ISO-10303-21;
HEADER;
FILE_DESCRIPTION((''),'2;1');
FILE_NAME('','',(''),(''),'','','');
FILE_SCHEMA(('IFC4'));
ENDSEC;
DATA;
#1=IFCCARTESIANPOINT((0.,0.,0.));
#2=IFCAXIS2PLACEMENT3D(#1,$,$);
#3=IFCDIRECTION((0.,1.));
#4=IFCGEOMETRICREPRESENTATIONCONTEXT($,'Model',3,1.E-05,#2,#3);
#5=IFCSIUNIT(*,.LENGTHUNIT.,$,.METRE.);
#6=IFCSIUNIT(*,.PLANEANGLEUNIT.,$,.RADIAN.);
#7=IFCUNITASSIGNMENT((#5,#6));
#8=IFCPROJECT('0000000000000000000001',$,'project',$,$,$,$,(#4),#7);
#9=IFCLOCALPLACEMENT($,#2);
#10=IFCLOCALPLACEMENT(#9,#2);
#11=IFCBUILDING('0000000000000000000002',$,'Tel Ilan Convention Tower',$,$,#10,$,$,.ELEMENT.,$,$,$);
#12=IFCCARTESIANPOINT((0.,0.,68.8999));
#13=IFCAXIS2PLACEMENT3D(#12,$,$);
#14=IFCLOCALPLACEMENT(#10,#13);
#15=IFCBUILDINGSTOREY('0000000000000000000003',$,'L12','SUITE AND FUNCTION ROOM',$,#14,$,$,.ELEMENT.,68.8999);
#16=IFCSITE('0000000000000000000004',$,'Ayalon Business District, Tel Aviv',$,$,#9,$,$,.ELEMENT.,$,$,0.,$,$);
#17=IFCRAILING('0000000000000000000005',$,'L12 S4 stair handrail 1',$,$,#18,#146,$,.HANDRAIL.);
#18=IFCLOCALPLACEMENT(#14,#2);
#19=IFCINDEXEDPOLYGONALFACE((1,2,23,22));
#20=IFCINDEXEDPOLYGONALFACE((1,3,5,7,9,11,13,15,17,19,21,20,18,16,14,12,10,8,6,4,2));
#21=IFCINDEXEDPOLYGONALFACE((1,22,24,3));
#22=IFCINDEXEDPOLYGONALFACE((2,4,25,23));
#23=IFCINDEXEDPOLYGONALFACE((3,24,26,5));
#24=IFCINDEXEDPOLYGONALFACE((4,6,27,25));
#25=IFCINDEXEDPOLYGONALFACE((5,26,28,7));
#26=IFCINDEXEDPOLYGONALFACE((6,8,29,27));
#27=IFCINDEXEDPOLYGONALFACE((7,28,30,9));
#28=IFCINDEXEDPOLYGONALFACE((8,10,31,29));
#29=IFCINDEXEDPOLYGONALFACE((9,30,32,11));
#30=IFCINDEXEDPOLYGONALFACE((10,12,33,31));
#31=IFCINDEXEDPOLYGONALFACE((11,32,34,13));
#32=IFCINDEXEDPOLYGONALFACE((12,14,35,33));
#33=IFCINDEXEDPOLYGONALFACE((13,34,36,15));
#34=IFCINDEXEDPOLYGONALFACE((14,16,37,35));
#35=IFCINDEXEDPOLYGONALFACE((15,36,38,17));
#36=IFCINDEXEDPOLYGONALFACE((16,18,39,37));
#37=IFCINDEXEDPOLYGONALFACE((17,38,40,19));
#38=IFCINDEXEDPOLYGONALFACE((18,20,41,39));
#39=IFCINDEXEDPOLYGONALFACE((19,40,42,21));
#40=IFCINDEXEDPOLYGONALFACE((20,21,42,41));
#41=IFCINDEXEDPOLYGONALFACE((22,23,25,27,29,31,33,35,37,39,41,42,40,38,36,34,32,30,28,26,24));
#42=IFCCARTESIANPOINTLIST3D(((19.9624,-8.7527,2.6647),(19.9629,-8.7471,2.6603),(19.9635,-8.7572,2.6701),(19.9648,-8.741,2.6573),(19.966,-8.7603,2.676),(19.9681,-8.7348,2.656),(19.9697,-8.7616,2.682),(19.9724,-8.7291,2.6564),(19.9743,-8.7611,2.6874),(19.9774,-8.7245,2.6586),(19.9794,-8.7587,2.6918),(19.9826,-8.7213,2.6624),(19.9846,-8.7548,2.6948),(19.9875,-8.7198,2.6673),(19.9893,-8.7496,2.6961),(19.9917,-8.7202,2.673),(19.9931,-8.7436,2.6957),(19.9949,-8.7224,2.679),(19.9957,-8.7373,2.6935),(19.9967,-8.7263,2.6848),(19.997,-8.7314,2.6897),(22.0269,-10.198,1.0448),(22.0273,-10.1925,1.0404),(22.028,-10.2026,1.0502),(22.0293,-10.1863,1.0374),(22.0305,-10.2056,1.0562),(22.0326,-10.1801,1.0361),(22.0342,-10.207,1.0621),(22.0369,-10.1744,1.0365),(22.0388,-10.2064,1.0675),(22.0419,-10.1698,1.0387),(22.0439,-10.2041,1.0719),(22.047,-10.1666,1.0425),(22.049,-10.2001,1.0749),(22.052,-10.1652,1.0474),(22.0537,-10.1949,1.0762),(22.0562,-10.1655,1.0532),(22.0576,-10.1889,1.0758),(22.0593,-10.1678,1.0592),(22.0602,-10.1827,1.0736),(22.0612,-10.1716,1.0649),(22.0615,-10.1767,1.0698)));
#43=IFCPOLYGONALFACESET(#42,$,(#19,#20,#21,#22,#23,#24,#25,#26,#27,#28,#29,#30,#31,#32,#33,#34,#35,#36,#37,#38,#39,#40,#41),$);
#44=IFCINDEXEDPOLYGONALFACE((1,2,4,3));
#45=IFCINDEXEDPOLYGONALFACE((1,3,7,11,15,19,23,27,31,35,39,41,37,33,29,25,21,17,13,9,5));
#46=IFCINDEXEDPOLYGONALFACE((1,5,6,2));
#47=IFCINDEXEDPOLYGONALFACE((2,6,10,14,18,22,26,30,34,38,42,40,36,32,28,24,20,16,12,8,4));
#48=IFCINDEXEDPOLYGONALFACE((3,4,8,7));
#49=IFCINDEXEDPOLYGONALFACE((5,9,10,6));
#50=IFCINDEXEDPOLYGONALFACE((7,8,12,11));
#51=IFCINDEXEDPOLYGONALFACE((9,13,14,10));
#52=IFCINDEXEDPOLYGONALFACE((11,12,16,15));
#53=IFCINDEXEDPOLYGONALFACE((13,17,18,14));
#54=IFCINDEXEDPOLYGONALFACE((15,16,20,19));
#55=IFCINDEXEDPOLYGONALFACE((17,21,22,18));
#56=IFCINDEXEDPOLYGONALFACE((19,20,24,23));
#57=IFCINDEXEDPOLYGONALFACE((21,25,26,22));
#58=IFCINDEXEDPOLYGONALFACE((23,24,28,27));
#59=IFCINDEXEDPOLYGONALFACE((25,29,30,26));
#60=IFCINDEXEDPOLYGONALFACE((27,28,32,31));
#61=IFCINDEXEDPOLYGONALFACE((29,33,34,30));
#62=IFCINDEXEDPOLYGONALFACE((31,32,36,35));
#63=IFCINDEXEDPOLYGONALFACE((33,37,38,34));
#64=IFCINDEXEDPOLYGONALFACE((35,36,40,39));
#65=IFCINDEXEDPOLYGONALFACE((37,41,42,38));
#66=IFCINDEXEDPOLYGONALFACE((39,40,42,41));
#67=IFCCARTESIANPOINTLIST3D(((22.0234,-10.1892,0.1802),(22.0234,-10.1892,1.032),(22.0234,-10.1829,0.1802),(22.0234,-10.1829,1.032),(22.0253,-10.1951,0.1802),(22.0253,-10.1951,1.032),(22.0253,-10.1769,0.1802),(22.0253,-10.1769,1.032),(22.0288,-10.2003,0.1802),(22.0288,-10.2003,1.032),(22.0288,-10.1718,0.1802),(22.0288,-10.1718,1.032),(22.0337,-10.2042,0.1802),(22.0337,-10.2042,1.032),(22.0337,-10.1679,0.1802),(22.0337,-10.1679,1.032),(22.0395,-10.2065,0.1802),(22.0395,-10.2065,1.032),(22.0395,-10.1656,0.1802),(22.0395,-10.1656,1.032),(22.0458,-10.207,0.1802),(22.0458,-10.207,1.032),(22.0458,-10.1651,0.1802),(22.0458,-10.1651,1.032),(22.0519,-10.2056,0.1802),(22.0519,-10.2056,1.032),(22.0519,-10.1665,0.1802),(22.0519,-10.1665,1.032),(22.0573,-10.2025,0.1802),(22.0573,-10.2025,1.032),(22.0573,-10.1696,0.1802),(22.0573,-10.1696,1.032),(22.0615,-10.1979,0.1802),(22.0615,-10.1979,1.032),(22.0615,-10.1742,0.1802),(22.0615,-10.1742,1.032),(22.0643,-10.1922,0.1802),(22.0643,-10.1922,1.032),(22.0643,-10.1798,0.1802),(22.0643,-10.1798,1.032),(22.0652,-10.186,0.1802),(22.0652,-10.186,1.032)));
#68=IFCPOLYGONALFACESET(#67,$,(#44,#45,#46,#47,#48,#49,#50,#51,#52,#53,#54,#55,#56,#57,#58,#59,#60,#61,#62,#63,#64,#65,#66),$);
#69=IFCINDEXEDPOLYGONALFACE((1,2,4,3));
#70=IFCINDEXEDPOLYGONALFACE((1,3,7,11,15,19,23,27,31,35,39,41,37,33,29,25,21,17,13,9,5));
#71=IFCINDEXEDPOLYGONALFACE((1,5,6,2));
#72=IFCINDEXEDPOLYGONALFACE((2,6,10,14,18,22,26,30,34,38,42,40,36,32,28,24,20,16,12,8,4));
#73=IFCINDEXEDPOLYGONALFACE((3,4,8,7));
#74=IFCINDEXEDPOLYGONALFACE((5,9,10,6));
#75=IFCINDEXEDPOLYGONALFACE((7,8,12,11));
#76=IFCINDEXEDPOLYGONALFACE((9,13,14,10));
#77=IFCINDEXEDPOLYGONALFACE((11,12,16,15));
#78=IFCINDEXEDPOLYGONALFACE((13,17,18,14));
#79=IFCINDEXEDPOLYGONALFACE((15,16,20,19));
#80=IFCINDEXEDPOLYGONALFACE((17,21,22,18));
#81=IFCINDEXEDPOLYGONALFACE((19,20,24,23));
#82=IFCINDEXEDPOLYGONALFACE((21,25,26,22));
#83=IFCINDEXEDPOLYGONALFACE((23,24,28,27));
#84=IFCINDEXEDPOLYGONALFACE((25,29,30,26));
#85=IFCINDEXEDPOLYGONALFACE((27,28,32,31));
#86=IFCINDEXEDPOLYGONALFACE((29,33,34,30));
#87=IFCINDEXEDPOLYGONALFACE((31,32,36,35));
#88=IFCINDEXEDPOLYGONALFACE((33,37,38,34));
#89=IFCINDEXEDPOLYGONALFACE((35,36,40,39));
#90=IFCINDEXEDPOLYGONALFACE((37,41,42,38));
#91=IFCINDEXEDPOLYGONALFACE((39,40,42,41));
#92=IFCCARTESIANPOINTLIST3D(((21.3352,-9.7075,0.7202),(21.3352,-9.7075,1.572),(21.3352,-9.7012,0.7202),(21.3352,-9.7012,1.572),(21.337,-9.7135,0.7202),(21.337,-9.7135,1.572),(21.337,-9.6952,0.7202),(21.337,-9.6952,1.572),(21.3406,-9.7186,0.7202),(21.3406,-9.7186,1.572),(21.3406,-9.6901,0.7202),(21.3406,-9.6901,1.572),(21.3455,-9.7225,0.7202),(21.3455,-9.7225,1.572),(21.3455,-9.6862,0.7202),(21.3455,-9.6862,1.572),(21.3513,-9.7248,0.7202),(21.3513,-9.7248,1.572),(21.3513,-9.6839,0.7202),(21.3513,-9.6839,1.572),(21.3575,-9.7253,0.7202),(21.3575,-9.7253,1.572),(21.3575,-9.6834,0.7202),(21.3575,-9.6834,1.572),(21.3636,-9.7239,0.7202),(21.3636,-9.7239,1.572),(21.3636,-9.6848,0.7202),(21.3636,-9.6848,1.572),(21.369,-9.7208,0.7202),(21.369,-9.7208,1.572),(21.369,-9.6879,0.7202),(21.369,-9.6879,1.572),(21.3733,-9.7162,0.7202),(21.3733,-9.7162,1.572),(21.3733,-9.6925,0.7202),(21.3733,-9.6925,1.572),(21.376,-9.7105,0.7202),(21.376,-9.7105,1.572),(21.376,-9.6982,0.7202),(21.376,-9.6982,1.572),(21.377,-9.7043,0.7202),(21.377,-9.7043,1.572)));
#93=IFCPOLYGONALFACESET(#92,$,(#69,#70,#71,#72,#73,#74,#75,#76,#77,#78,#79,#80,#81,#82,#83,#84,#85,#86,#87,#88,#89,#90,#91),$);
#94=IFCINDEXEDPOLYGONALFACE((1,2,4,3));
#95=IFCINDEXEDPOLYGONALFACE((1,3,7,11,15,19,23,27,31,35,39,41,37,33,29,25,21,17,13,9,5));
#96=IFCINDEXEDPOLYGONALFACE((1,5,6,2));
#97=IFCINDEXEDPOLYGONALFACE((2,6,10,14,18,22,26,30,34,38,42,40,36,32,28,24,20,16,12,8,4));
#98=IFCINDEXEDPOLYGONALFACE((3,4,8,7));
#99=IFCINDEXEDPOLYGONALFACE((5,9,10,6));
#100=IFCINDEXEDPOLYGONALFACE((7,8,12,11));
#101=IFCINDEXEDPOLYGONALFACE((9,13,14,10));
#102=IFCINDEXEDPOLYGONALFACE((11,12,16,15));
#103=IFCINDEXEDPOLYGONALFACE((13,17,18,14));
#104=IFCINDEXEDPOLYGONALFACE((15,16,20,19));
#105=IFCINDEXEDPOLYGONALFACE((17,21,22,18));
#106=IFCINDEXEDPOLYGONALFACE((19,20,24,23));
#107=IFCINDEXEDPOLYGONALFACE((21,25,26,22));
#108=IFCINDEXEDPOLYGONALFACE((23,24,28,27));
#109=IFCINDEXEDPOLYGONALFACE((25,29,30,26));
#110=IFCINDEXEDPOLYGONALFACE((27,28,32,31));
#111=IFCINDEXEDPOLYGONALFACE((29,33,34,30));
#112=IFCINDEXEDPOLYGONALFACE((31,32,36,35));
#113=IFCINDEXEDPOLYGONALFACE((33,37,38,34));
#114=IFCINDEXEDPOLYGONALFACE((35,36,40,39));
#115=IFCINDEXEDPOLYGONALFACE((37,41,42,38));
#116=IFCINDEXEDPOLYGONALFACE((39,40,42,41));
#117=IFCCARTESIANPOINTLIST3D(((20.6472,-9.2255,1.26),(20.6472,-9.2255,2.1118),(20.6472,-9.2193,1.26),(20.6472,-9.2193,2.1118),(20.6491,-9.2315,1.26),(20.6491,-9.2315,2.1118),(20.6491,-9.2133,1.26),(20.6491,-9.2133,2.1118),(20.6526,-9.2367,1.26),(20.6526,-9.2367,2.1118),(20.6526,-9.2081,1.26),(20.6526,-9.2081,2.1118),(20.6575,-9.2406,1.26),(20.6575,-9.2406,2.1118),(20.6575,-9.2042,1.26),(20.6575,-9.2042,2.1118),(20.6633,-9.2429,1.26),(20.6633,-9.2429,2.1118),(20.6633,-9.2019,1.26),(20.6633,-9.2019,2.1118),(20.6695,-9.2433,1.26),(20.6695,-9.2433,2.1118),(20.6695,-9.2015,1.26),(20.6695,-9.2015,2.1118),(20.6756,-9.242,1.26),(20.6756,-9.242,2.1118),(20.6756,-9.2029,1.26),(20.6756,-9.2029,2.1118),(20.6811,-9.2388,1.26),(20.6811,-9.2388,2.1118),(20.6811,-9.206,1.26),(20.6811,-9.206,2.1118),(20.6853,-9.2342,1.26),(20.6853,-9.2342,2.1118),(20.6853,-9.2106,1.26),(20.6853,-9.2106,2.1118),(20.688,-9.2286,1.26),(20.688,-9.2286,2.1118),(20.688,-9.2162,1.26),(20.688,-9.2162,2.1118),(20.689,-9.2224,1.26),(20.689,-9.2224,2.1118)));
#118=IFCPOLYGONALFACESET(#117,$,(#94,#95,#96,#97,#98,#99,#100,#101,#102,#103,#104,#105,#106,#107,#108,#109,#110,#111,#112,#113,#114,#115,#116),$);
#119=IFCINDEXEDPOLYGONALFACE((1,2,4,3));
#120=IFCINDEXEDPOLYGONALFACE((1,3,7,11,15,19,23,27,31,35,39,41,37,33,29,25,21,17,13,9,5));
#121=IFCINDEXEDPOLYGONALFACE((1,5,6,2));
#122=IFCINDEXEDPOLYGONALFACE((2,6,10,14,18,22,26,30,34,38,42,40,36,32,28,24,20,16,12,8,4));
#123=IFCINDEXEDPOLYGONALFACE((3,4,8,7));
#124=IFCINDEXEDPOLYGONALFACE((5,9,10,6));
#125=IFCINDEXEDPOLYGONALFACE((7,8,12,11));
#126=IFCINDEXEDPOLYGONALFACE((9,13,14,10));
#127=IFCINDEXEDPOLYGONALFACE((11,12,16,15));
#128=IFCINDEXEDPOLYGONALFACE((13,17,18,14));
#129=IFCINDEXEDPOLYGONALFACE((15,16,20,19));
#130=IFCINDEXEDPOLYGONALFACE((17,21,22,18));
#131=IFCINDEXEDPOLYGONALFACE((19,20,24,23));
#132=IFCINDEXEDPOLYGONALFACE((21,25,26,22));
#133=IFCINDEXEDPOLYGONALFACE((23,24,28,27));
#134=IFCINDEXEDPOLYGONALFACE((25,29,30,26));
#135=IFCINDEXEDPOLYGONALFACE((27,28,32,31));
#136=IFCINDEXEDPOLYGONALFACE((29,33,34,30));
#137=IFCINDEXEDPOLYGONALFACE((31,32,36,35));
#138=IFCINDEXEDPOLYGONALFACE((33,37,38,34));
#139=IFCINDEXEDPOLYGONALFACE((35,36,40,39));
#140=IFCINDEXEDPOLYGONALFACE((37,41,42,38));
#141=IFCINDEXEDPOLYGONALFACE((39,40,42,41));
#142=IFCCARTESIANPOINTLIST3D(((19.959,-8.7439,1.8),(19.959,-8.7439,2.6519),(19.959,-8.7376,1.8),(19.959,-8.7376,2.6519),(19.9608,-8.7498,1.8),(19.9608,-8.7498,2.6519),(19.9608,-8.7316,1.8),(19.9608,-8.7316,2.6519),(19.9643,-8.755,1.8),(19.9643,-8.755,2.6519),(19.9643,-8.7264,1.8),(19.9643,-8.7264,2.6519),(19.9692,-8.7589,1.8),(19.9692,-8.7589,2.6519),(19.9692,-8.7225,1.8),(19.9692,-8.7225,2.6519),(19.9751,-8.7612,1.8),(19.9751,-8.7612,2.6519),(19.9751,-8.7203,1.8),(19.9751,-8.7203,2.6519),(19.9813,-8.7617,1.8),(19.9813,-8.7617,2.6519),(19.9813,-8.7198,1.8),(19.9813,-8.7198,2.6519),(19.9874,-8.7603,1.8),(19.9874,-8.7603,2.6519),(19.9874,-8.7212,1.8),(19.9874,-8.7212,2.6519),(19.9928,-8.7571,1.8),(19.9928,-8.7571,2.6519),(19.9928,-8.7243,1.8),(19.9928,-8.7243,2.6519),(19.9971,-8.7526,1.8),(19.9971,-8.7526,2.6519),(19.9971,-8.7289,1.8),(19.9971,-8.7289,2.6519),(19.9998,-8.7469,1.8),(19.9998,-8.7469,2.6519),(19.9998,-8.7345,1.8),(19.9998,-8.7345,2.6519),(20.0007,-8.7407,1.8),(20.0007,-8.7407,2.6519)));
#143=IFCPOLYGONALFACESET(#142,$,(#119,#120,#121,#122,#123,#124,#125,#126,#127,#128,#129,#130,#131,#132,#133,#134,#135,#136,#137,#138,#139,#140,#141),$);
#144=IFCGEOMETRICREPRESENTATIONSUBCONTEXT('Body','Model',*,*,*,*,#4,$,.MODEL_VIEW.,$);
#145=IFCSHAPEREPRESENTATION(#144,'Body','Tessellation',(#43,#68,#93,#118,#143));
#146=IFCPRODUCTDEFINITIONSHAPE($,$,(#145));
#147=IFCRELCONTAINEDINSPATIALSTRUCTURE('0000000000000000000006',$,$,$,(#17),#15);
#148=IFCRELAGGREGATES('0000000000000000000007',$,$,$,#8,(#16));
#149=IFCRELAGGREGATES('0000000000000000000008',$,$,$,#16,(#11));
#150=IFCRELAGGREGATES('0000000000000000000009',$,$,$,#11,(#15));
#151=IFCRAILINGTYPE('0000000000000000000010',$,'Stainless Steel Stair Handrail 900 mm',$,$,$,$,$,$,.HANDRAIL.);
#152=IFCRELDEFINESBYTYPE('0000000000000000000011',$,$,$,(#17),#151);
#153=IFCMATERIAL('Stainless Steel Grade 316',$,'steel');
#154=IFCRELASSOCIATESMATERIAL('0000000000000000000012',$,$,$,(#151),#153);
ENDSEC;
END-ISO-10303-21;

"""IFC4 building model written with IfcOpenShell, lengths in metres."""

from ifc_helpers import new_model, si_unit, direction, frame, origin, origin_2d, place, context, subcontext, project, spatial, circle, extrude, material, type_object, element, save


model = new_model("IFC4")

# Units and contexts
model_context = context("Model", 3, precision=1e-05, world=origin(), true_north=direction((0.0, 1.0)))
body_context = subcontext(model_context, "Body", "Model", "MODEL_VIEW")
ifc_project = project(units=[si_unit("LENGTHUNIT", "METRE"), si_unit("PLANEANGLEUNIT", "RADIAN")], contexts=[model_context])

# Site, building, storey
site_placement = place(None, origin())
site = spatial("IfcSite", under=ifc_project, at=site_placement, Name="Ayalon Business District, Tel Aviv", CompositionType="ELEMENT", RefElevation=0.0)
building_placement = place(site_placement, origin())
building = spatial("IfcBuilding", under=site, at=building_placement, Name="Tel Ilan Convention Tower", CompositionType="ELEMENT")
storey_placement = place(building_placement, frame((0.0, 0.0, 68.8999)))
storey = spatial("IfcBuildingStorey", under=building, at=storey_placement, Name="L12", Description="SUITE AND FUNCTION ROOM", CompositionType="ELEMENT", Elevation=68.8999)

# Railing
ifc_material_1 = material(Name="Stainless Steel Grade 316", Category="steel")
railing_type_1 = type_object("IfcRailingType", Name="Stainless Steel Stair Handrail 900 mm", PredefinedType="HANDRAIL", material=ifc_material_1)
railing_1_placement = place(storey_placement, frame((22.0442, -10.186, 0.1802)))
element("IfcRailing", 1, at=railing_1_placement, inside=storey, type_object=railing_type_1, Name="L12 S4 stair handrail 1", PredefinedType="HANDRAIL", context=body_context, shape_type="SweptSolid", body=[
    extrude(circle(Radius=0.0239, at=origin_2d()), frame((0.0, 0.0, 0.876), z_axis=(-0.689113, 0.482444, 0.540713), x_axis=(-0.573514, -0.819196, 0.0)), (0.0, 0.0, 1.0), 2.9958),
    extrude(circle(Radius=0.021, at=origin_2d()), origin(), (0.0, 0.0, 1.0), 0.8518),
    extrude(circle(Radius=0.021, at=origin_2d()), frame((-0.6882, 0.4817, 0.54)), (0.0, 0.0, 1.0), 0.8518),
    extrude(circle(Radius=0.021, at=origin_2d()), frame((-1.3762, 0.9636, 1.0798)), (0.0, 0.0, 1.0), 0.8518),
    extrude(circle(Radius=0.021, at=origin_2d()), frame((-2.0645, 1.4453, 1.6199)), (0.0, 0.0, 1.0), 0.8518),
])

save(model, "model.ifc")
